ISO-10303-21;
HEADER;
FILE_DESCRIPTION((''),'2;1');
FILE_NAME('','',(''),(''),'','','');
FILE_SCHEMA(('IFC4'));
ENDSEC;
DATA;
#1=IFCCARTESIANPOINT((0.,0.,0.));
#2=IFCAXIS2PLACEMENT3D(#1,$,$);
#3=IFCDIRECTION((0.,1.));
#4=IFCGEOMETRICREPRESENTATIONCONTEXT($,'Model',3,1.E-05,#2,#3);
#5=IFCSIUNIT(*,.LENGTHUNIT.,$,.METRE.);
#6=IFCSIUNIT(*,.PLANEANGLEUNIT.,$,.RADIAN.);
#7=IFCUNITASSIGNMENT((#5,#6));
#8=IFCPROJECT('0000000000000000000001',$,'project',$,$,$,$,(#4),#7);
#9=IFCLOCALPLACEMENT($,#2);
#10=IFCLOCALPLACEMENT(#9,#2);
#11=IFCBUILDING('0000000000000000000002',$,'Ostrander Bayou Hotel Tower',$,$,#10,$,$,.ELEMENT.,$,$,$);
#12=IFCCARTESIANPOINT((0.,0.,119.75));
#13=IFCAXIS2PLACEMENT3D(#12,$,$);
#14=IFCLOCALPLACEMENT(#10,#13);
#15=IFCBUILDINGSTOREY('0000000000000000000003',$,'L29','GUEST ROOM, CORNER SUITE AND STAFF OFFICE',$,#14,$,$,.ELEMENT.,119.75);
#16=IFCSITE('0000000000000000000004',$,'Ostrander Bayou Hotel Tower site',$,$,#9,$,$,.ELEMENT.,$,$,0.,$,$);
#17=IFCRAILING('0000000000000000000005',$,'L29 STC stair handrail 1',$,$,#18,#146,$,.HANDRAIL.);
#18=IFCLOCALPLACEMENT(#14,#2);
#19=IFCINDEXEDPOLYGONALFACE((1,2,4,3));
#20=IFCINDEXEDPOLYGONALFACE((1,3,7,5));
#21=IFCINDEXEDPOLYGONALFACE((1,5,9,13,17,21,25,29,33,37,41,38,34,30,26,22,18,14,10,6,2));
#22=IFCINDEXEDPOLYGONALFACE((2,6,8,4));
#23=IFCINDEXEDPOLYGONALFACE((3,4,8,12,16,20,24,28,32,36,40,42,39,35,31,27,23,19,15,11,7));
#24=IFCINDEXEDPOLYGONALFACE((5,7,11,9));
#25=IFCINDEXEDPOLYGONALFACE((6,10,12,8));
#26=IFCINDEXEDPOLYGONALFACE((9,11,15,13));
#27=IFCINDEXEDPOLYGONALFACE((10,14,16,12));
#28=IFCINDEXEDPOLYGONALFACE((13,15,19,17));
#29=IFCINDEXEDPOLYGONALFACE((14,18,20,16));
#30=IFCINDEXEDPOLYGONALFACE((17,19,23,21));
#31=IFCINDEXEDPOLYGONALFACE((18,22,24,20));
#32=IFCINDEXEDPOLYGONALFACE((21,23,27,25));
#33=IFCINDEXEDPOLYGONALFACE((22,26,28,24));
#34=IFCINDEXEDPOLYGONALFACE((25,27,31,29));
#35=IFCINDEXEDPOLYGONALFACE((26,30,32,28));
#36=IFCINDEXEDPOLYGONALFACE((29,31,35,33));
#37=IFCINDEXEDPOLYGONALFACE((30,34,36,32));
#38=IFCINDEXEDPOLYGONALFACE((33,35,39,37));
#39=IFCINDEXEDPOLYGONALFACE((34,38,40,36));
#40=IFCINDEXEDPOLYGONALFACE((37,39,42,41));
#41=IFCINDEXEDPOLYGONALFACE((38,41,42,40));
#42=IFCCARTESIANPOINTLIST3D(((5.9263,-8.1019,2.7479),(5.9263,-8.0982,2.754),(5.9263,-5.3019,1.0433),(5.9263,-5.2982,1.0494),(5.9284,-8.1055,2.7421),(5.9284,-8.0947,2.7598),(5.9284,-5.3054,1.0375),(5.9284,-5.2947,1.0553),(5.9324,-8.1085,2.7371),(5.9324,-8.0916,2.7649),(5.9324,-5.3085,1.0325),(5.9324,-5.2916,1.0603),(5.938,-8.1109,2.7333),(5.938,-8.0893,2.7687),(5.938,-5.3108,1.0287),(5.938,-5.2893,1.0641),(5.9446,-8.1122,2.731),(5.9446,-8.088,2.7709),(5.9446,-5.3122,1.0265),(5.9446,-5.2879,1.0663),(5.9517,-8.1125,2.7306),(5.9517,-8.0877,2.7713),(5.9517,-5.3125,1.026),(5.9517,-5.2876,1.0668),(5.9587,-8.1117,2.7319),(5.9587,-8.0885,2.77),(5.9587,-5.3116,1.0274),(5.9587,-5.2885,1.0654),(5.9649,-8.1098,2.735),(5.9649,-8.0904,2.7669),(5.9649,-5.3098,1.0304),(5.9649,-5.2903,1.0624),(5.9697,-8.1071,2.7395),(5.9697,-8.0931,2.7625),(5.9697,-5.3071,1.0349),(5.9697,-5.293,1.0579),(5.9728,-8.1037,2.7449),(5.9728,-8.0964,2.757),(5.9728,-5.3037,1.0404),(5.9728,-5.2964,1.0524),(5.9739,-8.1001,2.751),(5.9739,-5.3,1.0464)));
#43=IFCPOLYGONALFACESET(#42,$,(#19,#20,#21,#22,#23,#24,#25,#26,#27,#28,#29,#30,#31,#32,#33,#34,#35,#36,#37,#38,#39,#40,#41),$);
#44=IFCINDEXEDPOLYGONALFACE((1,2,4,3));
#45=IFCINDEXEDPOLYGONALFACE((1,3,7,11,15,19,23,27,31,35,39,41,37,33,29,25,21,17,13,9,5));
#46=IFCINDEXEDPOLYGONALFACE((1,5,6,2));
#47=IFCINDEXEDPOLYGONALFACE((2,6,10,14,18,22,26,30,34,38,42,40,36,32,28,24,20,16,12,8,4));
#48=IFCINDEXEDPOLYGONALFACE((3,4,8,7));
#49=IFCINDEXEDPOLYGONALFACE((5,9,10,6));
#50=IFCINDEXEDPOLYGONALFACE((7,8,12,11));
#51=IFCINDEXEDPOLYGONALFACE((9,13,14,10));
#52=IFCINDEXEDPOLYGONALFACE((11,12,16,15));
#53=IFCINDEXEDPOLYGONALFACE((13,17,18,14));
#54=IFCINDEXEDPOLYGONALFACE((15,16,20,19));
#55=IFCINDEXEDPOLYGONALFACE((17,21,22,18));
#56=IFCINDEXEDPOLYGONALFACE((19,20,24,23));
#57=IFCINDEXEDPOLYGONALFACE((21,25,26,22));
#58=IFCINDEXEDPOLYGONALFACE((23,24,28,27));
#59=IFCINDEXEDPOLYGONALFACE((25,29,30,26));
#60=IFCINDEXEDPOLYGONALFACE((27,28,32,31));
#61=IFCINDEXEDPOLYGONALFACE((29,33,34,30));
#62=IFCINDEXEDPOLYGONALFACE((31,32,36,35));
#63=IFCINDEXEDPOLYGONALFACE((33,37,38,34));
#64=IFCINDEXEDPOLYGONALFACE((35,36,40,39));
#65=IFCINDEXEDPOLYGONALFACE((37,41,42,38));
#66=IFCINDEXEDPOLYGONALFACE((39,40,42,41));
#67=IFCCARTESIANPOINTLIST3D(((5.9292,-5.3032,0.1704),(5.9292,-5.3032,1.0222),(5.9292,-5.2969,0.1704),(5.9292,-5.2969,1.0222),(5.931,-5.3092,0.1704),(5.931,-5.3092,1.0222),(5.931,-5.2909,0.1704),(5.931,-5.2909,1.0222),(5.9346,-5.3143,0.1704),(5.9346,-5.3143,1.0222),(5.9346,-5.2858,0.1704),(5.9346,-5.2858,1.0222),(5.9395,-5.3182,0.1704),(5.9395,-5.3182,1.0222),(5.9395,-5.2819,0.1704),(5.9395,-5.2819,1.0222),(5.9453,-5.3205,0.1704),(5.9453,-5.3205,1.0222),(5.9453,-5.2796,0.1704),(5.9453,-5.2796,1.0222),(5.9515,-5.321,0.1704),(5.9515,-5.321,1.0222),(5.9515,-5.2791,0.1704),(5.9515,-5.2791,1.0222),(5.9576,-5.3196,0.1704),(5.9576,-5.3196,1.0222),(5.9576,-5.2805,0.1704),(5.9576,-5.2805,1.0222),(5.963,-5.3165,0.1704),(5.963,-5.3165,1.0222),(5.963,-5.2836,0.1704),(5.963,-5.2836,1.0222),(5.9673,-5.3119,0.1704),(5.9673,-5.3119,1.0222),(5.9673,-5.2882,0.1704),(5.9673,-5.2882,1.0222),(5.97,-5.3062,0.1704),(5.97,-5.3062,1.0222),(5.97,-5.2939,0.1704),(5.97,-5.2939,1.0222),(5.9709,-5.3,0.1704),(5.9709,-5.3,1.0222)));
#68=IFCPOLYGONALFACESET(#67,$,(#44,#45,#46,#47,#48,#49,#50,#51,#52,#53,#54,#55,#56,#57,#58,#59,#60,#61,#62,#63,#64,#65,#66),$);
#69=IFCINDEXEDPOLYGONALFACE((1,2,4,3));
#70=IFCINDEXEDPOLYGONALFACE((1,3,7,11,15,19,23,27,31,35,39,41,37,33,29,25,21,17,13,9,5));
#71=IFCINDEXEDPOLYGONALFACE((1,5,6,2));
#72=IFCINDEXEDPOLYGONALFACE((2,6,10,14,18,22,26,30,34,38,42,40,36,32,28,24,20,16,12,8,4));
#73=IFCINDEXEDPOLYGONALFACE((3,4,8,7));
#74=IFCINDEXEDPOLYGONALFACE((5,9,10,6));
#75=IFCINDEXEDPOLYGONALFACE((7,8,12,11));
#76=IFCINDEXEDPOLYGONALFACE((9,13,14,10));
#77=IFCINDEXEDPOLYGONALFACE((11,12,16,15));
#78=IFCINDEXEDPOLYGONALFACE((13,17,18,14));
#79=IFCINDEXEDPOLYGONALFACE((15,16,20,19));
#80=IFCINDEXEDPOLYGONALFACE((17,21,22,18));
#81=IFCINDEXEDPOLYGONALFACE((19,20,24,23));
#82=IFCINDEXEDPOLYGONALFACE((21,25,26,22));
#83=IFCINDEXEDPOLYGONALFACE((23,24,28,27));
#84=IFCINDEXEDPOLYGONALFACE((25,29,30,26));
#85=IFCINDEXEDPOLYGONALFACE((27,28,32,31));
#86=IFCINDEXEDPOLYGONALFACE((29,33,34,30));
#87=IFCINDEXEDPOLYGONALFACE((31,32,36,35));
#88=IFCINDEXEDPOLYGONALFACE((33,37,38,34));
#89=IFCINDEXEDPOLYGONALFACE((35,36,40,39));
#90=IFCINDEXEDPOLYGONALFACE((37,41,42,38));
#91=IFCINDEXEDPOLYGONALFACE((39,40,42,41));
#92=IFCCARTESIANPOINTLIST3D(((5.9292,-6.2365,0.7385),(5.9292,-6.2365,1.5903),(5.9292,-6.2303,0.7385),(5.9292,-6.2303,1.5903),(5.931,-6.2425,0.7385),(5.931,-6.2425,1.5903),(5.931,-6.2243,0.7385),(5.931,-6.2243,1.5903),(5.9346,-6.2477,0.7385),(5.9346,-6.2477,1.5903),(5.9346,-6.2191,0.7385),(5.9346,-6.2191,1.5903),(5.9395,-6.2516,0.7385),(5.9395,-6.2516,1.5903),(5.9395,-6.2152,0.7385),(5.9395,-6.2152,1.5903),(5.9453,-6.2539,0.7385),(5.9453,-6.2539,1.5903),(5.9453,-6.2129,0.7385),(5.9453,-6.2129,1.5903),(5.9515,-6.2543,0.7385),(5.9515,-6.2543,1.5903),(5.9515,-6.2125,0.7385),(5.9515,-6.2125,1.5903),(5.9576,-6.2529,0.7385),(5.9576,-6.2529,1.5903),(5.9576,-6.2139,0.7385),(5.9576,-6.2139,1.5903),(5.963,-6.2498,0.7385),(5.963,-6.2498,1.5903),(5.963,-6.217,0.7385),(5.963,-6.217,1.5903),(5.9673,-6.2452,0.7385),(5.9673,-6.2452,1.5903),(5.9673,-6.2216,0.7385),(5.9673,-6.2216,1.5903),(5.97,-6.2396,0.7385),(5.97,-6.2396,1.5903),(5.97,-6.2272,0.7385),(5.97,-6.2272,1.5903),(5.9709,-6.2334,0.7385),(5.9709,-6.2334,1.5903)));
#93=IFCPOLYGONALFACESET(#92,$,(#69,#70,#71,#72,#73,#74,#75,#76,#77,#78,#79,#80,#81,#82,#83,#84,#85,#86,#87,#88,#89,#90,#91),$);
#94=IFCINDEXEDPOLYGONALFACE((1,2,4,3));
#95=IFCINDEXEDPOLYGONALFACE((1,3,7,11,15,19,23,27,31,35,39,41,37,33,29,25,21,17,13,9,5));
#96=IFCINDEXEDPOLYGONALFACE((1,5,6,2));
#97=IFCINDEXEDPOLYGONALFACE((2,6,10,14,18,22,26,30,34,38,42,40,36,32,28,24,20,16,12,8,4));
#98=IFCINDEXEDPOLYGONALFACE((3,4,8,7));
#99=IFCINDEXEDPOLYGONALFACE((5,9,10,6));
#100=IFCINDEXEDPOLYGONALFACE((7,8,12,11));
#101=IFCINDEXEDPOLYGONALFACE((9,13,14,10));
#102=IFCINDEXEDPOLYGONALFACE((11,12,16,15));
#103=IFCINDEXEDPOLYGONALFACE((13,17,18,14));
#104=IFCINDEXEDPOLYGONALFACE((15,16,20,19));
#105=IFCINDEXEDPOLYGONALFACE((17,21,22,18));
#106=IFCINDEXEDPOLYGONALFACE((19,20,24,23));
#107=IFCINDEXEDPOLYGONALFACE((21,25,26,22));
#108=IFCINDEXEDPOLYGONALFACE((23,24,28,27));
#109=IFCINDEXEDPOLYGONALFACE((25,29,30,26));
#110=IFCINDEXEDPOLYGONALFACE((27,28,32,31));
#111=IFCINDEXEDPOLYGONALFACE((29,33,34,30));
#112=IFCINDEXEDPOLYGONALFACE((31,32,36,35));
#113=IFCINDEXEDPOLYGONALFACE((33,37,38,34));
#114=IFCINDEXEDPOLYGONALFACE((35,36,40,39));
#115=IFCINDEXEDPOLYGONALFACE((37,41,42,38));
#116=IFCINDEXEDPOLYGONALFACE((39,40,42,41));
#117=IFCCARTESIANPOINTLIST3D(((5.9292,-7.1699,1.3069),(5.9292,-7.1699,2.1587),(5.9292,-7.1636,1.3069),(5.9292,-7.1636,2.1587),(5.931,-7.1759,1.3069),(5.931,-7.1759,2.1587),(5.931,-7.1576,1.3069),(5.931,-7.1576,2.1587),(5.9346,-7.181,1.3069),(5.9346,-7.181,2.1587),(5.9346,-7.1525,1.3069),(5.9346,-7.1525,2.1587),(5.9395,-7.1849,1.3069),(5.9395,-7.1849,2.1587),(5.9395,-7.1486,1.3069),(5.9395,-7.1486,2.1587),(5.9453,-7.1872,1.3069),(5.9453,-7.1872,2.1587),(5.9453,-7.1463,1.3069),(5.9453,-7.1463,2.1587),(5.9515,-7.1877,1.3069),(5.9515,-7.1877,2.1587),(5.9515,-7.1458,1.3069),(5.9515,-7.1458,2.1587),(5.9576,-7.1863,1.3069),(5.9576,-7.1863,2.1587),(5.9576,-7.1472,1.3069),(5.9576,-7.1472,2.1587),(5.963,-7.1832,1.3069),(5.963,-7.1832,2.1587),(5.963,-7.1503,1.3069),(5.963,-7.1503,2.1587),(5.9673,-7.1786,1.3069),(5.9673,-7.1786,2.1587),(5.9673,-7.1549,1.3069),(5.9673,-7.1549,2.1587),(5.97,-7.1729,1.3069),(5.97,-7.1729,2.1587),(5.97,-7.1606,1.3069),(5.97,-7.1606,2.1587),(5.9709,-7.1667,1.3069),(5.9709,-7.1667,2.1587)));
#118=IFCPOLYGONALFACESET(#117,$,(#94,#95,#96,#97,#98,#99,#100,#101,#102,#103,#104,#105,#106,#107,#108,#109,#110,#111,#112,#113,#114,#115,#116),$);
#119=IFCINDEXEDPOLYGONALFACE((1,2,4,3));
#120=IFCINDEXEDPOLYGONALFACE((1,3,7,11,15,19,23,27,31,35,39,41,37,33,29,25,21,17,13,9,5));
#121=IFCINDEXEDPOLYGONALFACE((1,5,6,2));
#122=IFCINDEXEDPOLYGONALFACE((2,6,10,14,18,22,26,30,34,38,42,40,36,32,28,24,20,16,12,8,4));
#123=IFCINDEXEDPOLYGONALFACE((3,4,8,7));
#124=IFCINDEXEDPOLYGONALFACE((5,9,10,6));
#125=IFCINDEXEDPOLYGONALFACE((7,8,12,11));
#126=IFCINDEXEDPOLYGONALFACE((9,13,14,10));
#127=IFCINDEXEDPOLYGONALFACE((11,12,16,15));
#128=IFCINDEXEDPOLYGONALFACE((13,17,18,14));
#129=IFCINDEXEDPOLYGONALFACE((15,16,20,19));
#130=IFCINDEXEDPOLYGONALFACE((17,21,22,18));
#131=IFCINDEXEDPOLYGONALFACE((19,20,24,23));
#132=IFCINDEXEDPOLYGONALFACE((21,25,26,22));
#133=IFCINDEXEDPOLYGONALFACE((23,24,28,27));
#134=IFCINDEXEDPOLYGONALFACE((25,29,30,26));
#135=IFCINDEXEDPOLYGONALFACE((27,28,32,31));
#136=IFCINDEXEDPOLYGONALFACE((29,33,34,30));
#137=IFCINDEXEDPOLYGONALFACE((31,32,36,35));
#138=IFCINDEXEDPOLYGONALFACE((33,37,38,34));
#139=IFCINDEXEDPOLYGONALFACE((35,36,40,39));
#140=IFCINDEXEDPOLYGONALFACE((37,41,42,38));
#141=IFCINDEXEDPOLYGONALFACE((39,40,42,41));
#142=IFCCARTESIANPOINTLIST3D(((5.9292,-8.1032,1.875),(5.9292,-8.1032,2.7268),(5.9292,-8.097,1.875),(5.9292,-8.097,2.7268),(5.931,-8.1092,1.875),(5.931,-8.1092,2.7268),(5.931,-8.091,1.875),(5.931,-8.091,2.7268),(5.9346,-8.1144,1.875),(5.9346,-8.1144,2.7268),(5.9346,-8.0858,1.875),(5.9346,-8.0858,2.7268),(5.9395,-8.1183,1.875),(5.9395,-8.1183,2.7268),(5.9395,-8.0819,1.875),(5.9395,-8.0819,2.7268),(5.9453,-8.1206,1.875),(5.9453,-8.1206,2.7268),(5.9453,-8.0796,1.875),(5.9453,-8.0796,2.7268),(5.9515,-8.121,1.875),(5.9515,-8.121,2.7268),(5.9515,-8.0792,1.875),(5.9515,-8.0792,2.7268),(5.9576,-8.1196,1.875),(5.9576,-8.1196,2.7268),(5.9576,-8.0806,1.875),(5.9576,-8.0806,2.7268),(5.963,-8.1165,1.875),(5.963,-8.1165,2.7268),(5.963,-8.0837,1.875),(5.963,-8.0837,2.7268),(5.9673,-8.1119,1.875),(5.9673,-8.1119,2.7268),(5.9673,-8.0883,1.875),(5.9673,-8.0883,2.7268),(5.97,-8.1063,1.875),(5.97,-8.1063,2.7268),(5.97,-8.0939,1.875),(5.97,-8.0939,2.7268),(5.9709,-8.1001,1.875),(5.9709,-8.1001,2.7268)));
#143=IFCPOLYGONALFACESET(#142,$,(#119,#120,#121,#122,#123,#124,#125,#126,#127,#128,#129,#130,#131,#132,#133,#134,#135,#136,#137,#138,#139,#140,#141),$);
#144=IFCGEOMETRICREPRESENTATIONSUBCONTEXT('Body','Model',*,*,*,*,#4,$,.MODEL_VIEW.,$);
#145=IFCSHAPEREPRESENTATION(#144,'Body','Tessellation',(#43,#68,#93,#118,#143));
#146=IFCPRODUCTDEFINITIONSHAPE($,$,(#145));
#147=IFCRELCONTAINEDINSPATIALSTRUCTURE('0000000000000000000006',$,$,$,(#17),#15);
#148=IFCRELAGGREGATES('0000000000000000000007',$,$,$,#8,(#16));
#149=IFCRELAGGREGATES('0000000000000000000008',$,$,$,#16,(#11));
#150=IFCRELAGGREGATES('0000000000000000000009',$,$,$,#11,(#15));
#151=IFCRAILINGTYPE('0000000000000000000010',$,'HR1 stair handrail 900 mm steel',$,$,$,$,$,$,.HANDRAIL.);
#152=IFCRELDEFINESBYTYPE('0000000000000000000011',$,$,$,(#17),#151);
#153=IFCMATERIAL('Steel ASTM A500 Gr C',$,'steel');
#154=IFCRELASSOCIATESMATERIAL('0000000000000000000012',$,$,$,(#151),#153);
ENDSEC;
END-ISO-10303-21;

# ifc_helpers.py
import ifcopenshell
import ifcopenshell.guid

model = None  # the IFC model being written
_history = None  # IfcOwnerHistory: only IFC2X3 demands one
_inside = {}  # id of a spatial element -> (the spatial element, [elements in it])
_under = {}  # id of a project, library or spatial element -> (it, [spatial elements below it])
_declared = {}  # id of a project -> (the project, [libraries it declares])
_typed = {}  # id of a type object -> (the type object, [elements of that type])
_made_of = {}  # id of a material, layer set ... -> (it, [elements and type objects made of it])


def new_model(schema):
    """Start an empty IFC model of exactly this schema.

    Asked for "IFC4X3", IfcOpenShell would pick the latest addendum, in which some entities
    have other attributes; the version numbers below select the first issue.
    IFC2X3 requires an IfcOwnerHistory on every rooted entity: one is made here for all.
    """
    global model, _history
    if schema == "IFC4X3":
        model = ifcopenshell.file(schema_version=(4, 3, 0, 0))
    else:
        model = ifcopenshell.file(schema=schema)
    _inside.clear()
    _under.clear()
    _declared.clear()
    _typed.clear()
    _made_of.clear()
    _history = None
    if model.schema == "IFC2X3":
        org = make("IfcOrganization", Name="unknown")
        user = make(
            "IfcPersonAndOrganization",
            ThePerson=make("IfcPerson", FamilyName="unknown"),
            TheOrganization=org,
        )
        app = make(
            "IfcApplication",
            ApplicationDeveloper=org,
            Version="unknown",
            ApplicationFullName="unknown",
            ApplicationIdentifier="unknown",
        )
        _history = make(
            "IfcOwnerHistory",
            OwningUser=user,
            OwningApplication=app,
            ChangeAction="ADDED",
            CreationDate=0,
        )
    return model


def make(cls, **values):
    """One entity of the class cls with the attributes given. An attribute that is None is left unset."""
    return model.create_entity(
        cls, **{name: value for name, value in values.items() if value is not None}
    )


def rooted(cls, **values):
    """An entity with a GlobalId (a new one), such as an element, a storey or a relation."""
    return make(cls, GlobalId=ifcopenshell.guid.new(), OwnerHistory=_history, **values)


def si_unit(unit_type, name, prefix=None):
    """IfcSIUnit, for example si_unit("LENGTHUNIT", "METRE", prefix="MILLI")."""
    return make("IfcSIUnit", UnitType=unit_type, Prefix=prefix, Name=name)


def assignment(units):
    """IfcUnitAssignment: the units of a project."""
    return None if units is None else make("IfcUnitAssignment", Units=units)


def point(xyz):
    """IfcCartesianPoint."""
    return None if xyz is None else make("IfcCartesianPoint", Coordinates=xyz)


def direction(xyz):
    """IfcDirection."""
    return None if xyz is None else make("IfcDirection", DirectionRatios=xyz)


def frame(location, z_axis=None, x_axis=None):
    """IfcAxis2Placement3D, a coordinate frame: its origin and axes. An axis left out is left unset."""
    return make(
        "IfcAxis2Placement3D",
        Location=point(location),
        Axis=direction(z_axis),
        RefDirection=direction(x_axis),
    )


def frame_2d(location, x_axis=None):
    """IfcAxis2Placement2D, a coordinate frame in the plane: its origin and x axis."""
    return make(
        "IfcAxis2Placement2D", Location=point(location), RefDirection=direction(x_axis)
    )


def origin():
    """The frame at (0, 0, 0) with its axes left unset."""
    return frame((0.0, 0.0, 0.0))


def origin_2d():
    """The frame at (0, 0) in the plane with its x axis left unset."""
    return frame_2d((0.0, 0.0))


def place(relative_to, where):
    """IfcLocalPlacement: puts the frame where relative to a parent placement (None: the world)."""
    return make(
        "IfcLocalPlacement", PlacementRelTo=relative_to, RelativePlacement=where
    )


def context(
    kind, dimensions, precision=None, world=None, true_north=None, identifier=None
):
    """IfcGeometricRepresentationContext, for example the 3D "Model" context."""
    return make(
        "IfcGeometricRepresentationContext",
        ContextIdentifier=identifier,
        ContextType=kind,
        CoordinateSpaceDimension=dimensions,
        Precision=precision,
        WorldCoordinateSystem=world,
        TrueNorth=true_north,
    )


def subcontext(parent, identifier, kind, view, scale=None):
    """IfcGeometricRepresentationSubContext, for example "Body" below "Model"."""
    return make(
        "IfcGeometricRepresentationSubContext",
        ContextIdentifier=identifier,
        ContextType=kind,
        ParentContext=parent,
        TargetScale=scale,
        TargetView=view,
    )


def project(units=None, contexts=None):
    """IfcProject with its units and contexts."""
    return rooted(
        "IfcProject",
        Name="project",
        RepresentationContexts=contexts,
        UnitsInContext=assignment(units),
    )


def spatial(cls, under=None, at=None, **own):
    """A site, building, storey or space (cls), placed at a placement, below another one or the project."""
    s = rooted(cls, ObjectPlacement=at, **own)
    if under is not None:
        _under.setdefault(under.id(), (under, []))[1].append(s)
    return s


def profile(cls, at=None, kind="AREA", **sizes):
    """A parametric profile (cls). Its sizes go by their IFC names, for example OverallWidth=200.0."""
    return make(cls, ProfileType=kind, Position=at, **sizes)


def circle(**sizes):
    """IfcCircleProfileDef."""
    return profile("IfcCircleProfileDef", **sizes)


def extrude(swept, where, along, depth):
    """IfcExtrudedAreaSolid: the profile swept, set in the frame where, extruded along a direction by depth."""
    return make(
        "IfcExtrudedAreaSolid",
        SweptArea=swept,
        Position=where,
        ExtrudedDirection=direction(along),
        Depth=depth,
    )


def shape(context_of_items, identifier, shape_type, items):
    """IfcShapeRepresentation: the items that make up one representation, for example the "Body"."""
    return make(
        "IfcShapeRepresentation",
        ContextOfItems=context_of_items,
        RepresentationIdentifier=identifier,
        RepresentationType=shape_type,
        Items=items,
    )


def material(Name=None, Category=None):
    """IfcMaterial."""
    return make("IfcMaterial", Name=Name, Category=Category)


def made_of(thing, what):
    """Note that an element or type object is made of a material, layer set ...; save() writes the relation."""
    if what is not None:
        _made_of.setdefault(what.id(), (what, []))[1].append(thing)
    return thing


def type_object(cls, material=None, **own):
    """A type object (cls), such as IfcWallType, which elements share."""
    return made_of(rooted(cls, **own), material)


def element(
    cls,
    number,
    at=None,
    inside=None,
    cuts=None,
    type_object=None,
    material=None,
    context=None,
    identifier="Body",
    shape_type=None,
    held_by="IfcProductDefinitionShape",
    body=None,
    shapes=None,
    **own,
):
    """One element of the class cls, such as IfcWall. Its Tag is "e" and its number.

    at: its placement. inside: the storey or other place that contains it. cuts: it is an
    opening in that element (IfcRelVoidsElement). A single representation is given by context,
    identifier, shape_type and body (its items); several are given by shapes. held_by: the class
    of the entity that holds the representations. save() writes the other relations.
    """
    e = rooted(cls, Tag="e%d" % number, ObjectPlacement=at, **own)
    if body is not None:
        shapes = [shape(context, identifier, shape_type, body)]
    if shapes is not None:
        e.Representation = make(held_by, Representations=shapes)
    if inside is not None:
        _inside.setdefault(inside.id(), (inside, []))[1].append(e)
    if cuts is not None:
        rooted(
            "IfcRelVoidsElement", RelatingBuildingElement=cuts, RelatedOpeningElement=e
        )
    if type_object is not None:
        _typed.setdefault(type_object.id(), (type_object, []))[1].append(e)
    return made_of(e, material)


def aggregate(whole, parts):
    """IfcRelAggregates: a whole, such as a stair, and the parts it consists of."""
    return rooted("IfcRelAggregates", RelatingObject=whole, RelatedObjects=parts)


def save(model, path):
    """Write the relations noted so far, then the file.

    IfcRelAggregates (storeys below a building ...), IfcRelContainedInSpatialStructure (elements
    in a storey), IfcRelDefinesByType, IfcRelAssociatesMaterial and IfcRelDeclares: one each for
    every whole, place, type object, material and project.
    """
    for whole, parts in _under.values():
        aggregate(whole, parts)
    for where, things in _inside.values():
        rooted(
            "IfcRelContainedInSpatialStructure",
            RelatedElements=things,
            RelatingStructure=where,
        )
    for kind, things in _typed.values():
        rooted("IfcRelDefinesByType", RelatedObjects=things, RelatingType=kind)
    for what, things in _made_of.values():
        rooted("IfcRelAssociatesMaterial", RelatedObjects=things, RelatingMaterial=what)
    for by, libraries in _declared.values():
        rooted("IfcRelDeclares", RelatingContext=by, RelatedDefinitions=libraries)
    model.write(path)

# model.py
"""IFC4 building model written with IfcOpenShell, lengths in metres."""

from ifc_helpers import new_model, si_unit, direction, frame, origin, origin_2d, place, context, subcontext, project, spatial, circle, extrude, material, type_object, element, save


model = new_model("IFC4")

# Units and contexts
model_context = context("Model", 3, precision=1e-05, world=origin(), true_north=direction((0.0, 1.0)))
body_context = subcontext(model_context, "Body", "Model", "MODEL_VIEW")
ifc_project = project(units=[si_unit("LENGTHUNIT", "METRE"), si_unit("PLANEANGLEUNIT", "RADIAN")], contexts=[model_context])

# Site, building, storey
site_placement = place(None, origin())
site = spatial("IfcSite", under=ifc_project, at=site_placement, Name="Ostrander Bayou Hotel Tower site", CompositionType="ELEMENT", RefElevation=0.0)
building_placement = place(site_placement, origin())
building = spatial("IfcBuilding", under=site, at=building_placement, Name="Ostrander Bayou Hotel Tower", CompositionType="ELEMENT")
storey_placement = place(building_placement, frame((0.0, 0.0, 119.75)))
storey = spatial("IfcBuildingStorey", under=building, at=storey_placement, Name="L29", Description="GUEST ROOM, CORNER SUITE AND STAFF OFFICE", CompositionType="ELEMENT", Elevation=119.75)

# Railing
ifc_material_1 = material(Name="Steel ASTM A500 Gr C", Category="steel")
railing_type_1 = type_object("IfcRailingType", Name="HR1 stair handrail 900 mm steel", PredefinedType="HANDRAIL", material=ifc_material_1)
railing_1_placement = place(storey_placement, frame((5.95, -5.3, 0.1704)))
element("IfcRailing", 1, at=railing_1_placement, inside=storey, type_object=railing_type_1, Name="L29 STC stair handrail 1", PredefinedType="HANDRAIL", context=body_context, shape_type="SweptSolid", body=[
    extrude(circle(Radius=0.0239, at=origin_2d()), frame((0.0, 0.0, 0.876), z_axis=(0.0, -0.85417, 0.519994), x_axis=(1.0, 0.0, 0.0)), (0.0, 0.0, 1.0), 3.2781),
    extrude(circle(Radius=0.021, at=origin_2d()), origin(), (0.0, 0.0, 1.0), 0.8518),
    extrude(circle(Radius=0.021, at=origin_2d()), frame((0.0, -0.9333, 0.5681)), (0.0, 0.0, 1.0), 0.8518),
    extrude(circle(Radius=0.021, at=origin_2d()), frame((0.0, -1.8667, 1.1365)), (0.0, 0.0, 1.0), 0.8518),
    extrude(circle(Radius=0.021, at=origin_2d()), frame((0.0, -2.8, 1.7046)), (0.0, 0.0, 1.0), 0.8518),
])

save(model, "model.ifc")
